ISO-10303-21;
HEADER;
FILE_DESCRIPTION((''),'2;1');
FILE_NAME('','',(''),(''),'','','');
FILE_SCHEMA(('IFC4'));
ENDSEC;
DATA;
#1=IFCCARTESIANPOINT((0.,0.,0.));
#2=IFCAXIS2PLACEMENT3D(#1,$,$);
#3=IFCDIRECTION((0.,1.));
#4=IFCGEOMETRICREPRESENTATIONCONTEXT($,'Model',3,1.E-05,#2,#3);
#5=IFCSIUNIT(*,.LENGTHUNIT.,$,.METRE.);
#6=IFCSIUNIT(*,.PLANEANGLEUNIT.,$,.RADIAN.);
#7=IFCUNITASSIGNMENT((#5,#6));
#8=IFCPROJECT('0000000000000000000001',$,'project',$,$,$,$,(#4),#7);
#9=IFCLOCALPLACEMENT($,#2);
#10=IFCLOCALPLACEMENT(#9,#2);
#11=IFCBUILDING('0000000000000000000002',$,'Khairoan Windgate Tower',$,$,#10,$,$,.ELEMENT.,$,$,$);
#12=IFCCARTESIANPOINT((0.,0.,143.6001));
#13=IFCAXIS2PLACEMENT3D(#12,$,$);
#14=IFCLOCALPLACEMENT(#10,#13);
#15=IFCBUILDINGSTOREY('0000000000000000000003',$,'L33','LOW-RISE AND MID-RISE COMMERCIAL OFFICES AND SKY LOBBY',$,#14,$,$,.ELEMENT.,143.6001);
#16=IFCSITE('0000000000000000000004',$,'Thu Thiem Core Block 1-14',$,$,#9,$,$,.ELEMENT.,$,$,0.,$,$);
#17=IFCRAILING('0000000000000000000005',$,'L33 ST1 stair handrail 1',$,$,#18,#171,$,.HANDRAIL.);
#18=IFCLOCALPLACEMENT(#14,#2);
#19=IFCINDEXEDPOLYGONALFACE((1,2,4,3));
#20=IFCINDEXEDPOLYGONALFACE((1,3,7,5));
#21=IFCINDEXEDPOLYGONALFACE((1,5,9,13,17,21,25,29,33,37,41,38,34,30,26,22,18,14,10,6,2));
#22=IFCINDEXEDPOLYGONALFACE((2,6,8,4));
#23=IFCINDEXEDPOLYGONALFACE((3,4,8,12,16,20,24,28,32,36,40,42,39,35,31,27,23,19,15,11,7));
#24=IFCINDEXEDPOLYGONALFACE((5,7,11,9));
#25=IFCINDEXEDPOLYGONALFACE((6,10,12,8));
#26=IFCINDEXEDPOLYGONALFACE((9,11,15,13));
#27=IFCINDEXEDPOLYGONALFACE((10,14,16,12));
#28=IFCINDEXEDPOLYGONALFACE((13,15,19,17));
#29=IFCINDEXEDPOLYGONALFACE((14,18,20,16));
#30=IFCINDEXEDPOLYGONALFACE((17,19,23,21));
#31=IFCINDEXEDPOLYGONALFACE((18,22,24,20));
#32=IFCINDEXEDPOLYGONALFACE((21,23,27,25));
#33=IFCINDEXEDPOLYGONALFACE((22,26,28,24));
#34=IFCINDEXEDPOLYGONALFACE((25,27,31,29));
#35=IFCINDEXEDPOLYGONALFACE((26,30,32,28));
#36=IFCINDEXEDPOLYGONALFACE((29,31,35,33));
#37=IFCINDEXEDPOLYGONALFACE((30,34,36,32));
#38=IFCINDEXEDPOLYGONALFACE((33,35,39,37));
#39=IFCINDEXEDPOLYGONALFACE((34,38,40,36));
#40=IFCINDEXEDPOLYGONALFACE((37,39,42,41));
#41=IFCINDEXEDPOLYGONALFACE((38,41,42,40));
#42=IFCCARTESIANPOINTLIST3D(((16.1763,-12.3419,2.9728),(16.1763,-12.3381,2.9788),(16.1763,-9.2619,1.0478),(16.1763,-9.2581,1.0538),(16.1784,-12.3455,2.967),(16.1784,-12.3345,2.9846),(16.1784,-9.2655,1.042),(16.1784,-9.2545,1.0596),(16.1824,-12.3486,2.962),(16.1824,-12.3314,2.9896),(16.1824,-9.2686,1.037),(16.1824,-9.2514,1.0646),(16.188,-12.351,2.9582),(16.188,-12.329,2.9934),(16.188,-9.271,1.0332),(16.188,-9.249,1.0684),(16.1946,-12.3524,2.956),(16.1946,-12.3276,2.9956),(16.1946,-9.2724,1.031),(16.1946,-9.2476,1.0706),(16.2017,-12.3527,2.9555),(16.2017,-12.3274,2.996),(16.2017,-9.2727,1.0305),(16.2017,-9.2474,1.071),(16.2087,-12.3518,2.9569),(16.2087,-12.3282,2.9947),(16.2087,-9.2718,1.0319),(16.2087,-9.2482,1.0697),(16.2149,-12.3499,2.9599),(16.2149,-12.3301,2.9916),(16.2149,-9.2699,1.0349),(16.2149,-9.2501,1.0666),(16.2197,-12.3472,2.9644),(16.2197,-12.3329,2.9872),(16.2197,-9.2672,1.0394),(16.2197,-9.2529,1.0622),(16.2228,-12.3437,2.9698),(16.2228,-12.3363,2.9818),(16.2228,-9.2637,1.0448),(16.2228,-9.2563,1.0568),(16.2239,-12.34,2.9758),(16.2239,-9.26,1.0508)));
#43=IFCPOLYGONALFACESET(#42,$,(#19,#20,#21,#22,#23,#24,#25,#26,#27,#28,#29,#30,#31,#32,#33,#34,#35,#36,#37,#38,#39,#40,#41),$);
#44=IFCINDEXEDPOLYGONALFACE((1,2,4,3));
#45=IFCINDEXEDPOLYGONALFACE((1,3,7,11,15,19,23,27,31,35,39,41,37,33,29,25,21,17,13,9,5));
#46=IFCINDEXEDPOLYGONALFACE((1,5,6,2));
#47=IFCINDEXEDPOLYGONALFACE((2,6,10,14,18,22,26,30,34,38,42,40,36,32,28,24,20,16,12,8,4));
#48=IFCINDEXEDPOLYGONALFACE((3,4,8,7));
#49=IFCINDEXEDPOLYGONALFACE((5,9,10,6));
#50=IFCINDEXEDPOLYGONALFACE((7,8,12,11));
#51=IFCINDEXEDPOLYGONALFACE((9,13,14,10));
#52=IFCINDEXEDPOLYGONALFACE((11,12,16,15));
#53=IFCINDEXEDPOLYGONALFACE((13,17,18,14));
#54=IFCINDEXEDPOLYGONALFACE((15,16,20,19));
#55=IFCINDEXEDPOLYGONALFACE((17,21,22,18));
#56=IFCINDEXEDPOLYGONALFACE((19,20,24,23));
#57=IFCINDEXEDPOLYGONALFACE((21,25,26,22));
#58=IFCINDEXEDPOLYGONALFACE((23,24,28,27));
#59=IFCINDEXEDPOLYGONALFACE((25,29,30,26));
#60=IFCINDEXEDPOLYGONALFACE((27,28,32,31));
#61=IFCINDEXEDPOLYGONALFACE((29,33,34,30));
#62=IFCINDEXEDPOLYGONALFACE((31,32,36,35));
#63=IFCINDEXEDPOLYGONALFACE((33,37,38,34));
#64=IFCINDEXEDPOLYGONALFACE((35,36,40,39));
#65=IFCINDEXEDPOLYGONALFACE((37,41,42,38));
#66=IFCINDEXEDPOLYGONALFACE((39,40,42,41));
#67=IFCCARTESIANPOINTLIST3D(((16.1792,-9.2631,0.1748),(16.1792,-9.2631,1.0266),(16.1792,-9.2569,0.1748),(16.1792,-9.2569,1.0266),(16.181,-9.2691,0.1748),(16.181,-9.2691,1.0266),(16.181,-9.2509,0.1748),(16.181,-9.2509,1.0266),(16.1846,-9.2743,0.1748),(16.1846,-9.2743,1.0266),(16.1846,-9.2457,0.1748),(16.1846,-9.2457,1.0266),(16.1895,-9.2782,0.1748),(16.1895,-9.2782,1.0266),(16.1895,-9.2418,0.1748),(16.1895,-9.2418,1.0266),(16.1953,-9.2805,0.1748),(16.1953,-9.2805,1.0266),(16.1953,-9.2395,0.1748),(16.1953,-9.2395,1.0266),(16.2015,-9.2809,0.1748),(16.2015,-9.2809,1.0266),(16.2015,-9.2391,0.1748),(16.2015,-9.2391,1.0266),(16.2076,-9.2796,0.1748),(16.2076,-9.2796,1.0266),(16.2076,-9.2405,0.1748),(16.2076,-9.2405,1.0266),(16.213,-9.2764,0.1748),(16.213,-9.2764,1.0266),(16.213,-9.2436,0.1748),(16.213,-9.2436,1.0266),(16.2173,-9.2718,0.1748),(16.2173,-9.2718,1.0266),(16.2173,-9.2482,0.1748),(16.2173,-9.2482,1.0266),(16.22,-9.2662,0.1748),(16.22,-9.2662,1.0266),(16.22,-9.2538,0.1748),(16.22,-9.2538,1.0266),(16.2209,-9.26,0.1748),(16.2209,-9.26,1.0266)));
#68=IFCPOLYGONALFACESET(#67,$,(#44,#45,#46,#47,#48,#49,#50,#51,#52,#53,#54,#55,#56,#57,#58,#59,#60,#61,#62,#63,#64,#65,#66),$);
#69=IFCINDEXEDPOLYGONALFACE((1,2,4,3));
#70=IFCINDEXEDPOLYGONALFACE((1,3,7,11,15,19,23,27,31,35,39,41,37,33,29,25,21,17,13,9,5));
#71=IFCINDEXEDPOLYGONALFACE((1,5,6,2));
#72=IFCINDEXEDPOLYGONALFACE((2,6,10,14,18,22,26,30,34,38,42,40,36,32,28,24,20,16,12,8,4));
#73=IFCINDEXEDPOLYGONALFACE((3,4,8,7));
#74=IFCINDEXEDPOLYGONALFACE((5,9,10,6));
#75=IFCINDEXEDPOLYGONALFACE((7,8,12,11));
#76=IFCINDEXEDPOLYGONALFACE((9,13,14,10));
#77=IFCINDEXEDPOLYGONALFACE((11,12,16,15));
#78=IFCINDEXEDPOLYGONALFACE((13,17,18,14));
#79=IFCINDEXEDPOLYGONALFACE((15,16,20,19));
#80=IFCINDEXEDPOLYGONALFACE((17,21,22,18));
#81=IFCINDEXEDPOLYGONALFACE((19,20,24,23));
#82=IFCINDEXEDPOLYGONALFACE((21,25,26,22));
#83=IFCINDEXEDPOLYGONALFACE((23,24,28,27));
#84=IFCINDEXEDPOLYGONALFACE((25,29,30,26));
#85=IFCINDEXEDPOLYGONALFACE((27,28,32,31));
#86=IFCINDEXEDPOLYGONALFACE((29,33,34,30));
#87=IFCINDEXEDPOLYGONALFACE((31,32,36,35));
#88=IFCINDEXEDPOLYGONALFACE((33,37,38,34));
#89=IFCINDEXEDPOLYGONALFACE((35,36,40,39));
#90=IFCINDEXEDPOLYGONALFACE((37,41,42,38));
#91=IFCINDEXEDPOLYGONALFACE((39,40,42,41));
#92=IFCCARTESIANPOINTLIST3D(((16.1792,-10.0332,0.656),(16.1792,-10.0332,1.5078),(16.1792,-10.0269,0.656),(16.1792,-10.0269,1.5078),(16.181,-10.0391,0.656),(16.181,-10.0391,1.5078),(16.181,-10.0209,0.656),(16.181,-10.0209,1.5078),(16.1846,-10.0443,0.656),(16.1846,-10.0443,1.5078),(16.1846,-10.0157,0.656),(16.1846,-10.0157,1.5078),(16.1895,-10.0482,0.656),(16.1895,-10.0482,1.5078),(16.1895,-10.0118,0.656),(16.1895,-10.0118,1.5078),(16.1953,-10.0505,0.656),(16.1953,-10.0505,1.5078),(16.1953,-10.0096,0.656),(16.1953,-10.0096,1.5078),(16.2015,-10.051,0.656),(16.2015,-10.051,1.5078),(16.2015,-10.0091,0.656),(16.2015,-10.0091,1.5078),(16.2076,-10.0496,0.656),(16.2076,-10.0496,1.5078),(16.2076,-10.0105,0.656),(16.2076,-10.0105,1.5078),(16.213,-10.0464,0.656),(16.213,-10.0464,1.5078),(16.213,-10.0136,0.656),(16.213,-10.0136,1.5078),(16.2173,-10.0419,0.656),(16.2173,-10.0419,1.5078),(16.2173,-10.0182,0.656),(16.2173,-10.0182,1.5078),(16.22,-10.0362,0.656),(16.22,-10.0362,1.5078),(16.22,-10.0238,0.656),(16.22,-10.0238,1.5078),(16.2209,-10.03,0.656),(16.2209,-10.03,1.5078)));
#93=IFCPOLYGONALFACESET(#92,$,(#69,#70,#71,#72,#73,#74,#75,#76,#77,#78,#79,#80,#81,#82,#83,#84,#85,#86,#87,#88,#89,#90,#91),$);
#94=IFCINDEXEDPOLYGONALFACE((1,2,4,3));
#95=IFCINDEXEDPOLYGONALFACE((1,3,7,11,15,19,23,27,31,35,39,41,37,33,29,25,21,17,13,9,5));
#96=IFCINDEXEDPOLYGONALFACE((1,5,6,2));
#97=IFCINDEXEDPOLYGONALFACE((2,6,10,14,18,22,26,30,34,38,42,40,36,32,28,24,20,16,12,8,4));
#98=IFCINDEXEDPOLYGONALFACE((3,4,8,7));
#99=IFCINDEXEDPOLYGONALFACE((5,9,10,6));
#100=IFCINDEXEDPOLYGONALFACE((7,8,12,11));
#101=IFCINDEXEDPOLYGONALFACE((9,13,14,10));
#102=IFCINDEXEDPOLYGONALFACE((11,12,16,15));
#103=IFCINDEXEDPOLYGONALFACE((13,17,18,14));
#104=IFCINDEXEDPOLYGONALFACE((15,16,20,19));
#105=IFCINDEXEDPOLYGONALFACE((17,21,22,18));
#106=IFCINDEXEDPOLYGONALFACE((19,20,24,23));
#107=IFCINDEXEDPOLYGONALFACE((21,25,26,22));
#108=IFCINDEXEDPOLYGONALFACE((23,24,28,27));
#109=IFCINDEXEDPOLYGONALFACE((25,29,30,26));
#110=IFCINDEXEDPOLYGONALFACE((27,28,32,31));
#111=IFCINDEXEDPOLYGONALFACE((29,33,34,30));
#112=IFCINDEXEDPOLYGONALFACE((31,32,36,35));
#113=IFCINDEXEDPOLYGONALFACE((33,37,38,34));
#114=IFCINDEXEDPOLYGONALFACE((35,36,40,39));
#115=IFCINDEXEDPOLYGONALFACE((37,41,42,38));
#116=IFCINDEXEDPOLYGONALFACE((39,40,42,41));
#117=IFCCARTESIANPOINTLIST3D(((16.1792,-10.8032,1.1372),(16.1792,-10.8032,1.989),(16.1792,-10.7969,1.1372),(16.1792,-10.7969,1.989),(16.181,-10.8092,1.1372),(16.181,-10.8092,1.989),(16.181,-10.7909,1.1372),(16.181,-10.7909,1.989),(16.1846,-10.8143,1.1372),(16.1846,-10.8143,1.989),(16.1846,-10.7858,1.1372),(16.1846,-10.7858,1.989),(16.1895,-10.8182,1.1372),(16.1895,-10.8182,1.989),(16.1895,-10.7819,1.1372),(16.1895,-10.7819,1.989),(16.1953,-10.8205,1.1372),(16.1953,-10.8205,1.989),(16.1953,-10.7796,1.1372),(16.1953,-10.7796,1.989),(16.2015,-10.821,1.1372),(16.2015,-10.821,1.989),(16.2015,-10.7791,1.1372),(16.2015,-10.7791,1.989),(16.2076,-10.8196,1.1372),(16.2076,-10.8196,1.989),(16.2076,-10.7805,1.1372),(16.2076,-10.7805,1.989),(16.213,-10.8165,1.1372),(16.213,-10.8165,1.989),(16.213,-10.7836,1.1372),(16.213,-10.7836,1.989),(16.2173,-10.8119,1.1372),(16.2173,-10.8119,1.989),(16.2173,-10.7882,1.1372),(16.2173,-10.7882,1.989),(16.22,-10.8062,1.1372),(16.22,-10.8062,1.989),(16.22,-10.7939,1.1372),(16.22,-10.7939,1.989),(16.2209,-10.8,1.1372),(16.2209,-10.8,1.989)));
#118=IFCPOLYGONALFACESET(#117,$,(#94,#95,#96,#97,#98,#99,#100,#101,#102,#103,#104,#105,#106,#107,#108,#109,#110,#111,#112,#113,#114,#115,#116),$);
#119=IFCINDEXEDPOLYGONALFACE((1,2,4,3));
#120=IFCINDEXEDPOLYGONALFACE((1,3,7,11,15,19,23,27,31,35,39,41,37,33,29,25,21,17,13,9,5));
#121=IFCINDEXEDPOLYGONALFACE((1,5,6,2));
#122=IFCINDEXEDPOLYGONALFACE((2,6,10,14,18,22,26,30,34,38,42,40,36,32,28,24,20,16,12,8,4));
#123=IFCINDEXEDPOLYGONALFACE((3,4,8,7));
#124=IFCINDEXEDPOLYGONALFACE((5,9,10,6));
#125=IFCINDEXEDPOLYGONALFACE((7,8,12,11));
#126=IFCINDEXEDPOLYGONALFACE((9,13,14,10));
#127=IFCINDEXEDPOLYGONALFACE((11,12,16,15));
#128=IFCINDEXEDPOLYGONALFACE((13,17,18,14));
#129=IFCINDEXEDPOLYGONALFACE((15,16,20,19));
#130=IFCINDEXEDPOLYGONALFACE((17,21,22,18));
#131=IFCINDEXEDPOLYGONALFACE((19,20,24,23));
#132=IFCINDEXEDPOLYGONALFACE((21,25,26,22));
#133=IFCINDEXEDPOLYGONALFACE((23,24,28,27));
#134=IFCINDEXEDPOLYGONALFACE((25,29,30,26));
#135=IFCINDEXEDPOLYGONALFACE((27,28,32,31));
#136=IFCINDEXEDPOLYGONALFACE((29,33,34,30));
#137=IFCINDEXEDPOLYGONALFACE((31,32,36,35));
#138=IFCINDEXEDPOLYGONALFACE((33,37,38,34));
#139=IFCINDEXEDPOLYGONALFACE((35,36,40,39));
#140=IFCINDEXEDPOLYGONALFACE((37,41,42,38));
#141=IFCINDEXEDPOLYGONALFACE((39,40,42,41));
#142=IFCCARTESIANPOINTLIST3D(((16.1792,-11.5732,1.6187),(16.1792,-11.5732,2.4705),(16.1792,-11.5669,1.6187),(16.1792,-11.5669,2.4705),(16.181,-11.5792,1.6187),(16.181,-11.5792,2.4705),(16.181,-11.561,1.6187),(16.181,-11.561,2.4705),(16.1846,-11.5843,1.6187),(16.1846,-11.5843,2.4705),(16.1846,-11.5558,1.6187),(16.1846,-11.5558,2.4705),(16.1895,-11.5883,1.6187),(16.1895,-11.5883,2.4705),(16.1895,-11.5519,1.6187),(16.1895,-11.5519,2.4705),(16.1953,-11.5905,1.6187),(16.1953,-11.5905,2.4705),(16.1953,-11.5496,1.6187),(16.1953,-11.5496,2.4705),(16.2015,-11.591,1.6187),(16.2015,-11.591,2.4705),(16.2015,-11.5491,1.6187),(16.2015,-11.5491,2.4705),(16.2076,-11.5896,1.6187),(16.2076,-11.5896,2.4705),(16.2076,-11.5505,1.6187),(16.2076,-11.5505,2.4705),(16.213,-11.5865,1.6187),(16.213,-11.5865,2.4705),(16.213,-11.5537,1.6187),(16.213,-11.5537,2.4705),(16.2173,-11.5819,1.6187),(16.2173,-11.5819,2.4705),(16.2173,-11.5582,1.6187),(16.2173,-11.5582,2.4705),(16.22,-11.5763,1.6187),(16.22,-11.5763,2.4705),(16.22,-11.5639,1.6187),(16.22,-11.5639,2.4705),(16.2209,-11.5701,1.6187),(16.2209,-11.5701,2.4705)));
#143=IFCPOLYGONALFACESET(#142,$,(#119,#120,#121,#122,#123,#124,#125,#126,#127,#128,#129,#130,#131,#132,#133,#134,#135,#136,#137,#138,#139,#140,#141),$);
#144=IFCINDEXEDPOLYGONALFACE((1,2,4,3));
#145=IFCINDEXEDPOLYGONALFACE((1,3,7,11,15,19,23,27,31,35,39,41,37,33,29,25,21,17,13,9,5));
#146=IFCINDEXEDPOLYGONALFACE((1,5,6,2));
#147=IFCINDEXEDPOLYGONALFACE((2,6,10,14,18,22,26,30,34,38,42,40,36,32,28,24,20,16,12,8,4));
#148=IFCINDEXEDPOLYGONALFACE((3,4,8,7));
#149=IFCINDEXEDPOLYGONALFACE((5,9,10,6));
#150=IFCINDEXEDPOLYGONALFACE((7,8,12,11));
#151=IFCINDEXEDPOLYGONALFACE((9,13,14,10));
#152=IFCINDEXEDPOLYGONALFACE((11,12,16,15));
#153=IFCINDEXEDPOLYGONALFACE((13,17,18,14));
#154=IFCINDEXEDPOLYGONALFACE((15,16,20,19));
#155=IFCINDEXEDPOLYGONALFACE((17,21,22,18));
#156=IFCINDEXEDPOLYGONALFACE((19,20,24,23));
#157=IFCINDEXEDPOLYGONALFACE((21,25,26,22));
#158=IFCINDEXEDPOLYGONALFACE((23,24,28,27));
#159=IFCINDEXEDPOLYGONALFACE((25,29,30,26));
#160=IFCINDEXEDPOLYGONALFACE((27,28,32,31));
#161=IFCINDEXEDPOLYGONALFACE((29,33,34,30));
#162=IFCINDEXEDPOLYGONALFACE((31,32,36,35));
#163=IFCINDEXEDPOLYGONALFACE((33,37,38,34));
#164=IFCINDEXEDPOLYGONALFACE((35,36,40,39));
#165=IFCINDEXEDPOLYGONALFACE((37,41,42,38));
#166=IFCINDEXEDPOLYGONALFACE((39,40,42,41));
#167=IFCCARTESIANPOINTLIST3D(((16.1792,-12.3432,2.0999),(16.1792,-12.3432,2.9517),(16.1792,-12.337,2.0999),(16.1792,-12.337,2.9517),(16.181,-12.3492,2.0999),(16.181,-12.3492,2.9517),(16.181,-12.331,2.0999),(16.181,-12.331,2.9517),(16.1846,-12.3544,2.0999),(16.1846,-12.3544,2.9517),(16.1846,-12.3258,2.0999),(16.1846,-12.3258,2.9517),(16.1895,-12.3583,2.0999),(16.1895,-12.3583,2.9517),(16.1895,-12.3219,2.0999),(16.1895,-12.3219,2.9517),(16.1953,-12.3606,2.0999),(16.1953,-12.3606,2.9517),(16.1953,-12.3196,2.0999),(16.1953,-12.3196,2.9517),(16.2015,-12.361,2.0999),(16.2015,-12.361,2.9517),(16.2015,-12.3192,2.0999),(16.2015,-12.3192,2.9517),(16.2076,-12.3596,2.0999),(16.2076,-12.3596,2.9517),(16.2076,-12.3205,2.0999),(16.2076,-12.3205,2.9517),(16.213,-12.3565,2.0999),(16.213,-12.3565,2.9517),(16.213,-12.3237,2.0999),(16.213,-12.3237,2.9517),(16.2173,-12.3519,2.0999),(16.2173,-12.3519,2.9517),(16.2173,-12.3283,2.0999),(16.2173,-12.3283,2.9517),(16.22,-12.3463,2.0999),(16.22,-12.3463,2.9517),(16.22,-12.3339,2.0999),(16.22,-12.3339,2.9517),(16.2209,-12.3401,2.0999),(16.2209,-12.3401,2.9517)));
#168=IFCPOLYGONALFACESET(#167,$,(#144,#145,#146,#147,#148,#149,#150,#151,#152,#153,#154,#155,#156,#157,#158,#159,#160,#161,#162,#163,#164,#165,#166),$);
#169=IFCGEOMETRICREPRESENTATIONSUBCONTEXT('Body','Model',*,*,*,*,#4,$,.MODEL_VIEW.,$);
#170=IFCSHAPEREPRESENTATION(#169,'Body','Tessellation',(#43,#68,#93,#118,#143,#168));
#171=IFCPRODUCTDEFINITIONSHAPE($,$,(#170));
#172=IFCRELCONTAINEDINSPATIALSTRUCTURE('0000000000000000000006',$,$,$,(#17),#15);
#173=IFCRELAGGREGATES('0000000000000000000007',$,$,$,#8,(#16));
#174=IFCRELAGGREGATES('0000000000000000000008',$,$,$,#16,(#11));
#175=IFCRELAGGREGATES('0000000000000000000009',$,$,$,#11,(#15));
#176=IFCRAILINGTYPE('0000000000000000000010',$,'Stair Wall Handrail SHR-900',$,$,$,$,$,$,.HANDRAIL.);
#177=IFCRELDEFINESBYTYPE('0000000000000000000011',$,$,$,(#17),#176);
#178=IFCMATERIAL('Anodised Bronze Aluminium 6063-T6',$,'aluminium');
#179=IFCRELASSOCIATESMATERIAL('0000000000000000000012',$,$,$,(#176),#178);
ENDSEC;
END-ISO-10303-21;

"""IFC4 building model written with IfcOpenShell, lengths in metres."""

from ifc_helpers import new_model, si_unit, direction, frame, origin, origin_2d, place, context, subcontext, project, spatial, circle, extrude, material, type_object, element, save


model = new_model("IFC4")

# Units and contexts
model_context = context("Model", 3, precision=1e-05, world=origin(), true_north=direction((0.0, 1.0)))
body_context = subcontext(model_context, "Body", "Model", "MODEL_VIEW")
ifc_project = project(units=[si_unit("LENGTHUNIT", "METRE"), si_unit("PLANEANGLEUNIT", "RADIAN")], contexts=[model_context])

# Site, building, storey
site_placement = place(None, origin())
site = spatial("IfcSite", under=ifc_project, at=site_placement, Name="Thu Thiem Core Block 1-14", CompositionType="ELEMENT", RefElevation=0.0)
building_placement = place(site_placement, origin())
building = spatial("IfcBuilding", under=site, at=building_placement, Name="Khairoan Windgate Tower", CompositionType="ELEMENT")
storey_placement = place(building_placement, frame((0.0, 0.0, 143.6001)))
storey = spatial("IfcBuildingStorey", under=building, at=storey_placement, Name="L33", Description="LOW-RISE AND MID-RISE COMMERCIAL OFFICES AND SKY LOBBY", CompositionType="ELEMENT", Elevation=143.6001)

# Railing
ifc_material_1 = material(Name="Anodised Bronze Aluminium 6063-T6", Category="aluminium")
railing_type_1 = type_object("IfcRailingType", Name="Stair Wall Handrail SHR-900", PredefinedType="HANDRAIL", material=ifc_material_1)
railing_1_placement = place(storey_placement, frame((16.2, -9.26, 0.1748)))
element("IfcRailing", 1, at=railing_1_placement, inside=storey, type_object=railing_type_1, Name="L33 ST1 stair handrail 1", PredefinedType="HANDRAIL", context=body_context, shape_type="SweptSolid", body=[
    extrude(circle(Radius=0.0239, at=origin_2d()), frame((0.0, 0.0, 0.876), z_axis=(0.0, -0.847998, 0.529999), x_axis=(1.0, 0.0, 0.0)), (0.0, 0.0, 1.0), 3.6321),
    extrude(circle(Radius=0.021, at=origin_2d()), origin(), (0.0, 0.0, 1.0), 0.8518),
    extrude(circle(Radius=0.021, at=origin_2d()), frame((0.0, -0.77, 0.4812)), (0.0, 0.0, 1.0), 0.8518),
    extrude(circle(Radius=0.021, at=origin_2d()), frame((0.0, -1.54, 0.9624)), (0.0, 0.0, 1.0), 0.8518),
    extrude(circle(Radius=0.021, at=origin_2d()), frame((0.0, -2.3101, 1.4438)), (0.0, 0.0, 1.0), 0.8518),
    extrude(circle(Radius=0.021, at=origin_2d()), frame((0.0, -3.0801, 1.925)), (0.0, 0.0, 1.0), 0.8518),
])

save(model, "model.ifc")
